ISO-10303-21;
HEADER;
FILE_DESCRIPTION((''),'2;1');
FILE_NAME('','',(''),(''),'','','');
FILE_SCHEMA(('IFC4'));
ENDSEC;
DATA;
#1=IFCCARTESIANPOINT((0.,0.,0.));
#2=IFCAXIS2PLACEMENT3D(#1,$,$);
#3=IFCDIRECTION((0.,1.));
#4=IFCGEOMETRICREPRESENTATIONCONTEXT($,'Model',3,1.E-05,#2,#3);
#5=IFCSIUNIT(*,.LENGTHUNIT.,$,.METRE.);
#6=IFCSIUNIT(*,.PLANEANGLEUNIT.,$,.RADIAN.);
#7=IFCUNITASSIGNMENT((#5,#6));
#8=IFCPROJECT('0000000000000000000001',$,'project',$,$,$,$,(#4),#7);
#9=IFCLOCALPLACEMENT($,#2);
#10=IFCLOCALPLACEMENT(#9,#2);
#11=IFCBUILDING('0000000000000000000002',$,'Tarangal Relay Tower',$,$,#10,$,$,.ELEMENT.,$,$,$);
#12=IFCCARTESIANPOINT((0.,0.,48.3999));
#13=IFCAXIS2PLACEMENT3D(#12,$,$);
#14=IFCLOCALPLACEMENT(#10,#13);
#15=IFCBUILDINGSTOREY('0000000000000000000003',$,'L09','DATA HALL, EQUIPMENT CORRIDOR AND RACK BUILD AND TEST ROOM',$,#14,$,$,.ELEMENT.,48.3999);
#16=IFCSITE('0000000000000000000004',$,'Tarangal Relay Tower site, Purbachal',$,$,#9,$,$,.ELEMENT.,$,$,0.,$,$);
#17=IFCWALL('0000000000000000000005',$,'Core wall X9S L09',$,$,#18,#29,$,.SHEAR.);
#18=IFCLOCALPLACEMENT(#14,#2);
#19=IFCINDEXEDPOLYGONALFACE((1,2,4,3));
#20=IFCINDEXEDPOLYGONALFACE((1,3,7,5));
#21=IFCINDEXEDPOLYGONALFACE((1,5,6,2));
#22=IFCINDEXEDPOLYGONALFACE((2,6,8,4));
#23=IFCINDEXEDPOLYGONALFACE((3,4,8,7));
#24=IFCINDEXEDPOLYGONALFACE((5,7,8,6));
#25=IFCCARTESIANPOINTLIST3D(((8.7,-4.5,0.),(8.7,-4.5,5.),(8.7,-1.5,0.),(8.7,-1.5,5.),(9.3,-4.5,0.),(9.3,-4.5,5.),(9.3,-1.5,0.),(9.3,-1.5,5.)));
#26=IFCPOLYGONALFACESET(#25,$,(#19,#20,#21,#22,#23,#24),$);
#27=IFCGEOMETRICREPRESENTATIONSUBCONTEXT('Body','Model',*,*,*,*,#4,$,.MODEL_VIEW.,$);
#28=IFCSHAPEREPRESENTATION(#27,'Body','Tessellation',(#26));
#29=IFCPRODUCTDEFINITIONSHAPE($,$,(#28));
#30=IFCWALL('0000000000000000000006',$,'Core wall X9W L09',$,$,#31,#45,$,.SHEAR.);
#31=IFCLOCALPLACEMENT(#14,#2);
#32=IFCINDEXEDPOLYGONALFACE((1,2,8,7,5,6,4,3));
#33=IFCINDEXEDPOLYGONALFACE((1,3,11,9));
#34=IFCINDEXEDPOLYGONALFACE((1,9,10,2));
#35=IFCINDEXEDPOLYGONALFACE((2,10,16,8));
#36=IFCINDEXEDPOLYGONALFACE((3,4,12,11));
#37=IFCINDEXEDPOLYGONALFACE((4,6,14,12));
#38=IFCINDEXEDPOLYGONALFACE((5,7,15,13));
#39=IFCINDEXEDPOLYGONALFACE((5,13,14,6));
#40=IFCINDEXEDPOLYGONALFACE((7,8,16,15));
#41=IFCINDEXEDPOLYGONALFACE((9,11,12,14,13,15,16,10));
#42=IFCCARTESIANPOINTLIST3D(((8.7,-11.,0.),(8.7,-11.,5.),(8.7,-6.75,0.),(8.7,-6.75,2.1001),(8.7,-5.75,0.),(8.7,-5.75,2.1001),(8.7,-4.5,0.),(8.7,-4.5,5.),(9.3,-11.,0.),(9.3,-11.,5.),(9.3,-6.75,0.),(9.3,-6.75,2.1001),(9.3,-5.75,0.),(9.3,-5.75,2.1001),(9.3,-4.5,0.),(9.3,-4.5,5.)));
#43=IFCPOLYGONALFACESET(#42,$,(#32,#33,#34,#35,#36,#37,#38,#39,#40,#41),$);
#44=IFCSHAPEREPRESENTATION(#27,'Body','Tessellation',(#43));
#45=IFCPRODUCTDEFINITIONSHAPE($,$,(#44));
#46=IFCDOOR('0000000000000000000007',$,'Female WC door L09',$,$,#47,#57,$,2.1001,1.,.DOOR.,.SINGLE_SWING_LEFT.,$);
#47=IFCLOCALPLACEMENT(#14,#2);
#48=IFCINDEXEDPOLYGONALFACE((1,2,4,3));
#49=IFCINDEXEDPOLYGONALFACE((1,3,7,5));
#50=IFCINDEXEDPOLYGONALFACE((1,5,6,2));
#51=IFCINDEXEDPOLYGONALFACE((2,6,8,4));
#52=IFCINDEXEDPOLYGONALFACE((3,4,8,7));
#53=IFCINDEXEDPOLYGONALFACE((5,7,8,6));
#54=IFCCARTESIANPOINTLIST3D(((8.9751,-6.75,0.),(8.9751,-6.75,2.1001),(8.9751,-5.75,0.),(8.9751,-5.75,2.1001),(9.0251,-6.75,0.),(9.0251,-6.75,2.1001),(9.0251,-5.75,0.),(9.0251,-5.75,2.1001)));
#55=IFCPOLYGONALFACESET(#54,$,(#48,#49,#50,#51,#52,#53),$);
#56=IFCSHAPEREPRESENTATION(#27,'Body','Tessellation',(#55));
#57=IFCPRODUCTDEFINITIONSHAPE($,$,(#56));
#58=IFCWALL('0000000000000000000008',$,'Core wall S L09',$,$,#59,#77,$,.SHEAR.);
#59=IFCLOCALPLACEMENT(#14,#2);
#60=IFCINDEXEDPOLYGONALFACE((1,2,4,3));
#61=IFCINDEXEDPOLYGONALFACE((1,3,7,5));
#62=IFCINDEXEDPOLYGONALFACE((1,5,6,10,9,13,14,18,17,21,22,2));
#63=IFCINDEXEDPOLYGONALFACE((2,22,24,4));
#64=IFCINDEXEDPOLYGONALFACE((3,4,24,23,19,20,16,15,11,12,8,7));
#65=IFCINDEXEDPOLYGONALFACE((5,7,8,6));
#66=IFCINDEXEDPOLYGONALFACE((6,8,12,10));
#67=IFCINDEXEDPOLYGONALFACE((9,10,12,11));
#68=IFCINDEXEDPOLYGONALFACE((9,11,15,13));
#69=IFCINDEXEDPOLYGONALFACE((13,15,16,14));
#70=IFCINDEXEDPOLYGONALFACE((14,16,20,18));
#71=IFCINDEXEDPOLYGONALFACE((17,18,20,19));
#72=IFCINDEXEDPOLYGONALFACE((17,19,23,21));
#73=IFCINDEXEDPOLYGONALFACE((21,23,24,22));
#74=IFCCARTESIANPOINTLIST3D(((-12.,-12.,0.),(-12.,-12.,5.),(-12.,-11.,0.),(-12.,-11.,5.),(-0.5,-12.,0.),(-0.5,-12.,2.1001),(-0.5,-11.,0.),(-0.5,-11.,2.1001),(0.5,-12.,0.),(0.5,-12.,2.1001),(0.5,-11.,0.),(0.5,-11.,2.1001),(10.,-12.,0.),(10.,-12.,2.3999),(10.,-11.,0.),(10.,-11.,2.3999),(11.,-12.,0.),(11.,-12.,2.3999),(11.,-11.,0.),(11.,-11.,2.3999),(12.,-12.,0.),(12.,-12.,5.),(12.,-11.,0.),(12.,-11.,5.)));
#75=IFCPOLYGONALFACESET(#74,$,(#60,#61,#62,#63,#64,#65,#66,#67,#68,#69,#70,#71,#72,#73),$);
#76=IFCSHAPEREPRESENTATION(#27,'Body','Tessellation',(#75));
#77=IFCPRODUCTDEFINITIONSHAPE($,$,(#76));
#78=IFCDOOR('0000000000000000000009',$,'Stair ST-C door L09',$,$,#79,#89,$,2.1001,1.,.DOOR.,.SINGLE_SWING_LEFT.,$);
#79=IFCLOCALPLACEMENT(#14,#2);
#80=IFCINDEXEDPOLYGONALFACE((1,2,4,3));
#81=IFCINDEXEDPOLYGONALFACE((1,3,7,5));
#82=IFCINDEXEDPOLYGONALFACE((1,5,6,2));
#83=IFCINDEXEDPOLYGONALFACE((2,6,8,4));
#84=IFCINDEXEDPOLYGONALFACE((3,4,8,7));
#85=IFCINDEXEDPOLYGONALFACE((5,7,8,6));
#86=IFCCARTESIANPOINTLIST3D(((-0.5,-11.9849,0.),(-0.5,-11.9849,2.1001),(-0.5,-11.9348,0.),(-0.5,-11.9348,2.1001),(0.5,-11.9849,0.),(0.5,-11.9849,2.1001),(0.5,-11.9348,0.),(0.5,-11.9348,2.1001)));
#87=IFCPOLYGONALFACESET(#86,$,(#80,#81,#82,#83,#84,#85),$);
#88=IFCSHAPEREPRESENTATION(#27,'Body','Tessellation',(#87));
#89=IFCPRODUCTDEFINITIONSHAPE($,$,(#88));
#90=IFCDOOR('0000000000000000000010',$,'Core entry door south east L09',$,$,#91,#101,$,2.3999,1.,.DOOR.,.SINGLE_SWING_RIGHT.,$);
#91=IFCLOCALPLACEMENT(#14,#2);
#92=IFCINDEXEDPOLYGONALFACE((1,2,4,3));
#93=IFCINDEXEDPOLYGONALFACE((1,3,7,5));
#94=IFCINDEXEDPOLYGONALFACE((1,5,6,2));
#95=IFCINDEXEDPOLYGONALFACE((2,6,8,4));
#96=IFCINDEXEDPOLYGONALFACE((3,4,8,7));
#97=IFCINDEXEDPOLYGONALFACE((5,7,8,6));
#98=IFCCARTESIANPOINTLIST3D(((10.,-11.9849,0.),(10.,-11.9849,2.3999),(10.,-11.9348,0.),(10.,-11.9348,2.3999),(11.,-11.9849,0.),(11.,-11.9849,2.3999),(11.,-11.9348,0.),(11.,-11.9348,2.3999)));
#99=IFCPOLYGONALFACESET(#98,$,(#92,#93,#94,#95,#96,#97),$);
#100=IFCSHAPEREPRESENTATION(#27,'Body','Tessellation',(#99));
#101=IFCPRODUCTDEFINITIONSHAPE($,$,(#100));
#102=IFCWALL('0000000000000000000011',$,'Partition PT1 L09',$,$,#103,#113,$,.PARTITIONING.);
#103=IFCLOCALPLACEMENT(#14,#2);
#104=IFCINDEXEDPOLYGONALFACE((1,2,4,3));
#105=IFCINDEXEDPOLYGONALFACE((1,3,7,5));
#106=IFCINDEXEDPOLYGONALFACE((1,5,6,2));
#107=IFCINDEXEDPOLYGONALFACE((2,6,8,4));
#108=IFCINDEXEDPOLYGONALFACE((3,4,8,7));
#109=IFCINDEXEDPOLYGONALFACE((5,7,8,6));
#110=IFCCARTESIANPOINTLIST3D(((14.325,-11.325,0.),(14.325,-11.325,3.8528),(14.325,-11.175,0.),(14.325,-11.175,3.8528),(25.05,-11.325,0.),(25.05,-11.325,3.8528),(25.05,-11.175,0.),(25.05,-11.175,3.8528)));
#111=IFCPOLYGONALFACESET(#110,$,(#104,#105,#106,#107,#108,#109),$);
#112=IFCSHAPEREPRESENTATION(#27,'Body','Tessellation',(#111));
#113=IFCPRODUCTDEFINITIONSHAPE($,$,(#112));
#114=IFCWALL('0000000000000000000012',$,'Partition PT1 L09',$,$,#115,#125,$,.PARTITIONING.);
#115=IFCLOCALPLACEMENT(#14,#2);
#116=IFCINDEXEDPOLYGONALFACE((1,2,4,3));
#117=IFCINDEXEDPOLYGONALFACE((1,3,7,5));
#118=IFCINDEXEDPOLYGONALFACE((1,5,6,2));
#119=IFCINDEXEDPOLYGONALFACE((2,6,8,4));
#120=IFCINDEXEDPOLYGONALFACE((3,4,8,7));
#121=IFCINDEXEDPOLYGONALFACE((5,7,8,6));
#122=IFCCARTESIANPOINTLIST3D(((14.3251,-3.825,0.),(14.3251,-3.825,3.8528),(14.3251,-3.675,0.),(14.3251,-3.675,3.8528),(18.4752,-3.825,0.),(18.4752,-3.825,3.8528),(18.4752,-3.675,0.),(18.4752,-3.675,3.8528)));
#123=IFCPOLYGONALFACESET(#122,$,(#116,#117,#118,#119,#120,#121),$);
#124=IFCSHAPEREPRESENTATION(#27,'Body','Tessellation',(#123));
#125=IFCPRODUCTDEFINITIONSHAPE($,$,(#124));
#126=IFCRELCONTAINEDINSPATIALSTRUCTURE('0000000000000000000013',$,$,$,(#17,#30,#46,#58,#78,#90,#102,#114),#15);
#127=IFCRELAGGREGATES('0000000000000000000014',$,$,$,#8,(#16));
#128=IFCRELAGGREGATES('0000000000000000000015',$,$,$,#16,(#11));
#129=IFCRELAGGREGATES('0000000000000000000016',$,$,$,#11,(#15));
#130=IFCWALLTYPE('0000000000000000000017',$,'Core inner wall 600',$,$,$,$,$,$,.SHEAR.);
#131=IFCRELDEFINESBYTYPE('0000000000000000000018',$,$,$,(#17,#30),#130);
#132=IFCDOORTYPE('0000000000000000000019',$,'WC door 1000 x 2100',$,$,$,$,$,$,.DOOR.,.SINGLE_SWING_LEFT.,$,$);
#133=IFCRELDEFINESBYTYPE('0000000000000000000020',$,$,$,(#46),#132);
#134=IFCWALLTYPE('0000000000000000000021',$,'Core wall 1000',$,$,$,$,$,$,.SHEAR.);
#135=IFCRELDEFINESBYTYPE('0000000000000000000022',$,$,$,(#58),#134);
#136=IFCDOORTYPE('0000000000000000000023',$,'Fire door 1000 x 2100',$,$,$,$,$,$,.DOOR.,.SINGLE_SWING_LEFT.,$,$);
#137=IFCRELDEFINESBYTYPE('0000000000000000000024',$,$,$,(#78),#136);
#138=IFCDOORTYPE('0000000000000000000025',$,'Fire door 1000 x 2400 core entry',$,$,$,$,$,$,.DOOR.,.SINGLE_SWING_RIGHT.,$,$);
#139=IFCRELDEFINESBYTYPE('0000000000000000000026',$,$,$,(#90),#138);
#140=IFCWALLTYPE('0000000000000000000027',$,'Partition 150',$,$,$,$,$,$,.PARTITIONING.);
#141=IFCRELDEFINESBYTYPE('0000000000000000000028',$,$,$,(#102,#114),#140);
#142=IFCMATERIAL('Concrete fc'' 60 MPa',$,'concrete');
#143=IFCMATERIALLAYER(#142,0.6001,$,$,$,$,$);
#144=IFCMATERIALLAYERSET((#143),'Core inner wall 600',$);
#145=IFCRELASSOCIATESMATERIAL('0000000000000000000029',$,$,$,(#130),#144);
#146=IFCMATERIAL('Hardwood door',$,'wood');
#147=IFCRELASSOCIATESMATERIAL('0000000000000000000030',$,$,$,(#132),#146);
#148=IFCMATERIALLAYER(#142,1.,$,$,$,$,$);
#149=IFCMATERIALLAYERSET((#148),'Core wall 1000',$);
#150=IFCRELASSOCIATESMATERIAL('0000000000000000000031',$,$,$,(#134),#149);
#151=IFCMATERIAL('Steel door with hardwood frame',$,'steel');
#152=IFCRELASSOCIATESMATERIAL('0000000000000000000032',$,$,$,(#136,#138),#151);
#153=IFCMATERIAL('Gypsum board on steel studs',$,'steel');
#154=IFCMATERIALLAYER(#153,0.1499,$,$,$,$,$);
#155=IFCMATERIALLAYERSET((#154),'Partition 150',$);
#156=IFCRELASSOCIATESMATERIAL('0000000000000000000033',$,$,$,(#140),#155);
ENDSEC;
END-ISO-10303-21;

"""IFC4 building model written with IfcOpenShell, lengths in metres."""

from ifc_helpers import new_model, si_unit, direction, frame, frame_2d, origin, place, context, subcontext, project, spatial, rectangle, extrude, material, layer, layer_set, type_object, element, fill, save


model = new_model("IFC4")

# Units and contexts
model_context = context("Model", 3, precision=1e-05, world=origin(), true_north=direction((0.0, 1.0)))
body_context = subcontext(model_context, "Body", "Model", "MODEL_VIEW")
ifc_project = project(units=[si_unit("LENGTHUNIT", "METRE"), si_unit("PLANEANGLEUNIT", "RADIAN")], contexts=[model_context])

# Site, building, storey
site_placement = place(None, origin())
site = spatial("IfcSite", under=ifc_project, at=site_placement, Name="Tarangal Relay Tower site, Purbachal", CompositionType="ELEMENT", RefElevation=0.0)
building_placement = place(site_placement, origin())
building = spatial("IfcBuilding", under=site, at=building_placement, Name="Tarangal Relay Tower", CompositionType="ELEMENT")
storey_placement = place(building_placement, frame((0.0, 0.0, 48.3999)))
storey = spatial("IfcBuildingStorey", under=building, at=storey_placement, Name="L09", Description="DATA HALL, EQUIPMENT CORRIDOR AND RACK BUILD AND TEST ROOM", CompositionType="ELEMENT", Elevation=48.3999)

# Wall
ifc_material_1 = material(Name="Concrete fc' 60 MPa", Category="concrete")
ifc_layer_1 = layer(ifc_material_1, 0.6001)
ifc_layer_set_1 = layer_set([ifc_layer_1], Name="Core inner wall 600")
wall_type_1 = type_object("IfcWallType", Name="Core inner wall 600", PredefinedType="SHEAR", material=ifc_layer_set_1)
wall_1_placement = place(storey_placement, frame((9.0, -4.5, 0.0), z_axis=(0.0, 0.0, 1.0), x_axis=(0.0, 1.0, 0.0)))
element("IfcWall", 1, at=wall_1_placement, inside=storey, type_object=wall_type_1, Name="Core wall X9S L09", PredefinedType="SHEAR", context=body_context, shape_type="SweptSolid", body=[
    extrude(rectangle(XDim=3.0, YDim=0.6001, at=frame_2d((1.5, 0.0))), origin(), (0.0, 0.0, 1.0), 5.0),
])

# Wall, opening, door
wall_2_placement = place(storey_placement, frame((9.0, -11.0, 0.0), z_axis=(0.0, 0.0, 1.0), x_axis=(0.0, 1.0, 0.0)))
wall_2 = element("IfcWall", 2, at=wall_2_placement, inside=storey, type_object=wall_type_1, Name="Core wall X9W L09", PredefinedType="SHEAR", context=body_context, shape_type="SweptSolid", body=[
    extrude(rectangle(XDim=6.5, YDim=0.6001, at=frame_2d((3.25, 0.0))), origin(), (0.0, 0.0, 1.0), 5.0),
])
opening_1_placement = place(wall_2_placement, frame((4.25, 0.0, 0.0)))
opening_1 = element("IfcOpeningElement", 3, at=opening_1_placement, cuts=wall_2, PredefinedType="OPENING", context=body_context, shape_type="SweptSolid", body=[
    extrude(rectangle(XDim=1.0, YDim=2.1001, at=frame_2d((0.5, 1.05))), frame((0.0, 0.3101, 0.0), z_axis=(0.0, -1.0, 0.0), x_axis=(1.0, 0.0, 0.0)), (0.0, 0.0, 1.0), 0.6201),
])
ifc_material_2 = material(Name="Hardwood door", Category="wood")
door_type_1 = type_object("IfcDoorType", Name="WC door 1000 x 2100", OperationType="SINGLE_SWING_LEFT", PredefinedType="DOOR", material=ifc_material_2)
door_1_placement = place(opening_1_placement, origin())
door_1 = element("IfcDoor", 4, at=door_1_placement, inside=storey, type_object=door_type_1, Name="Female WC door L09", OperationType="SINGLE_SWING_LEFT", OverallHeight=2.1001, OverallWidth=1.0, PredefinedType="DOOR", context=body_context, shape_type="SweptSolid", body=[
    extrude(rectangle(XDim=1.0, YDim=2.1001, at=frame_2d((0.5, 1.05))), frame((0.0, 0.0249, 0.0), z_axis=(0.0, -1.0, 0.0), x_axis=(1.0, 0.0, 0.0)), (0.0, 0.0, 1.0), 0.05),
])
fill(opening_1, door_1)

# Wall, openings, doors
ifc_layer_2 = layer(ifc_material_1, 1.0)
ifc_layer_set_2 = layer_set([ifc_layer_2], Name="Core wall 1000")
wall_type_2 = type_object("IfcWallType", Name="Core wall 1000", PredefinedType="SHEAR", material=ifc_layer_set_2)
wall_3_placement = place(storey_placement, frame((12.0, -11.5, 0.0), z_axis=(0.0, 0.0, 1.0), x_axis=(-1.0, 0.0, 0.0)))
wall_3 = element("IfcWall", 5, at=wall_3_placement, inside=storey, type_object=wall_type_2, Name="Core wall S L09", PredefinedType="SHEAR", context=body_context, shape_type="SweptSolid", body=[
    extrude(rectangle(XDim=24.0, YDim=1.0, at=frame_2d((12.0, 0.0))), origin(), (0.0, 0.0, 1.0), 5.0),
])
opening_2_placement = place(wall_3_placement, frame((11.5, 0.0, 0.0)))
opening_2 = element("IfcOpeningElement", 6, at=opening_2_placement, cuts=wall_3, PredefinedType="OPENING", context=body_context, shape_type="SweptSolid", body=[
    extrude(rectangle(XDim=1.0, YDim=2.1001, at=frame_2d((0.5, 1.05))), frame((0.0, 0.51, 0.0), z_axis=(0.0, -1.0, 0.0), x_axis=(1.0, 0.0, 0.0)), (0.0, 0.0, 1.0), 1.02),
])
opening_3_placement = place(wall_3_placement, frame((1.0, 0.0, 0.0)))
opening_3 = element("IfcOpeningElement", 7, at=opening_3_placement, cuts=wall_3, PredefinedType="OPENING", context=body_context, shape_type="SweptSolid", body=[
    extrude(rectangle(XDim=1.0, YDim=2.3999, at=frame_2d((0.5, 1.2))), frame((0.0, 0.51, 0.0), z_axis=(0.0, -1.0, 0.0), x_axis=(1.0, 0.0, 0.0)), (0.0, 0.0, 1.0), 1.02),
])
ifc_material_3 = material(Name="Steel door with hardwood frame", Category="steel")
door_type_2 = type_object("IfcDoorType", Name="Fire door 1000 x 2100", OperationType="SINGLE_SWING_LEFT", PredefinedType="DOOR", material=ifc_material_3)
door_2_placement = place(opening_2_placement, origin())
door_2 = element("IfcDoor", 8, at=door_2_placement, inside=storey, type_object=door_type_2, Name="Stair ST-C door L09", OperationType="SINGLE_SWING_LEFT", OverallHeight=2.1001, OverallWidth=1.0, PredefinedType="DOOR", context=body_context, shape_type="SweptSolid", body=[
    extrude(rectangle(XDim=1.0, YDim=2.1001, at=frame_2d((0.5, 1.05))), frame((0.0, 0.4849, 0.0), z_axis=(0.0, -1.0, 0.0), x_axis=(1.0, 0.0, 0.0)), (0.0, 0.0, 1.0), 0.05),
])
fill(opening_2, door_2)
door_type_3 = type_object("IfcDoorType", Name="Fire door 1000 x 2400 core entry", OperationType="SINGLE_SWING_RIGHT", PredefinedType="DOOR", material=ifc_material_3)
door_3_placement = place(opening_3_placement, origin())
door_3 = element("IfcDoor", 9, at=door_3_placement, inside=storey, type_object=door_type_3, Name="Core entry door south east L09", OperationType="SINGLE_SWING_RIGHT", OverallHeight=2.3999, OverallWidth=1.0, PredefinedType="DOOR", context=body_context, shape_type="SweptSolid", body=[
    extrude(rectangle(XDim=1.0, YDim=2.3999, at=frame_2d((0.5, 1.2))), frame((0.0, 0.4849, 0.0), z_axis=(0.0, -1.0, 0.0), x_axis=(1.0, 0.0, 0.0)), (0.0, 0.0, 1.0), 0.05),
])
fill(opening_3, door_3)

# Walls
ifc_material_4 = material(Name="Gypsum board on steel studs", Category="steel")
ifc_layer_3 = layer(ifc_material_4, 0.1499)
ifc_layer_set_3 = layer_set([ifc_layer_3], Name="Partition 150")
wall_type_3 = type_object("IfcWallType", Name="Partition 150", PredefinedType="PARTITIONING", material=ifc_layer_set_3)
wall_4_placement = place(storey_placement, frame((14.325, -11.25, 0.0), z_axis=(0.0, 0.0, 1.0), x_axis=(1.0, 0.0, 0.0)))
element("IfcWall", 10, at=wall_4_placement, inside=storey, type_object=wall_type_3, Name="Partition PT1 L09", PredefinedType="PARTITIONING", context=body_context, shape_type="SweptSolid", body=[
    extrude(rectangle(XDim=10.7251, YDim=0.1499, at=frame_2d((5.3625, 0.0))), origin(), (0.0, 0.0, 1.0), 3.8528),
])
wall_5_placement = place(storey_placement, frame((14.325, -3.75, 0.0), z_axis=(0.0, 0.0, 1.0), x_axis=(1.0, 0.0, 0.0)))
element("IfcWall", 11, at=wall_5_placement, inside=storey, type_object=wall_type_3, Name="Partition PT1 L09", PredefinedType="PARTITIONING", context=body_context, shape_type="SweptSolid", body=[
    extrude(rectangle(XDim=4.1501, YDim=0.1499, at=frame_2d((2.0752, 0.0))), origin(), (0.0, 0.0, 1.0), 3.8528),
])

save(model, "model.ifc")
